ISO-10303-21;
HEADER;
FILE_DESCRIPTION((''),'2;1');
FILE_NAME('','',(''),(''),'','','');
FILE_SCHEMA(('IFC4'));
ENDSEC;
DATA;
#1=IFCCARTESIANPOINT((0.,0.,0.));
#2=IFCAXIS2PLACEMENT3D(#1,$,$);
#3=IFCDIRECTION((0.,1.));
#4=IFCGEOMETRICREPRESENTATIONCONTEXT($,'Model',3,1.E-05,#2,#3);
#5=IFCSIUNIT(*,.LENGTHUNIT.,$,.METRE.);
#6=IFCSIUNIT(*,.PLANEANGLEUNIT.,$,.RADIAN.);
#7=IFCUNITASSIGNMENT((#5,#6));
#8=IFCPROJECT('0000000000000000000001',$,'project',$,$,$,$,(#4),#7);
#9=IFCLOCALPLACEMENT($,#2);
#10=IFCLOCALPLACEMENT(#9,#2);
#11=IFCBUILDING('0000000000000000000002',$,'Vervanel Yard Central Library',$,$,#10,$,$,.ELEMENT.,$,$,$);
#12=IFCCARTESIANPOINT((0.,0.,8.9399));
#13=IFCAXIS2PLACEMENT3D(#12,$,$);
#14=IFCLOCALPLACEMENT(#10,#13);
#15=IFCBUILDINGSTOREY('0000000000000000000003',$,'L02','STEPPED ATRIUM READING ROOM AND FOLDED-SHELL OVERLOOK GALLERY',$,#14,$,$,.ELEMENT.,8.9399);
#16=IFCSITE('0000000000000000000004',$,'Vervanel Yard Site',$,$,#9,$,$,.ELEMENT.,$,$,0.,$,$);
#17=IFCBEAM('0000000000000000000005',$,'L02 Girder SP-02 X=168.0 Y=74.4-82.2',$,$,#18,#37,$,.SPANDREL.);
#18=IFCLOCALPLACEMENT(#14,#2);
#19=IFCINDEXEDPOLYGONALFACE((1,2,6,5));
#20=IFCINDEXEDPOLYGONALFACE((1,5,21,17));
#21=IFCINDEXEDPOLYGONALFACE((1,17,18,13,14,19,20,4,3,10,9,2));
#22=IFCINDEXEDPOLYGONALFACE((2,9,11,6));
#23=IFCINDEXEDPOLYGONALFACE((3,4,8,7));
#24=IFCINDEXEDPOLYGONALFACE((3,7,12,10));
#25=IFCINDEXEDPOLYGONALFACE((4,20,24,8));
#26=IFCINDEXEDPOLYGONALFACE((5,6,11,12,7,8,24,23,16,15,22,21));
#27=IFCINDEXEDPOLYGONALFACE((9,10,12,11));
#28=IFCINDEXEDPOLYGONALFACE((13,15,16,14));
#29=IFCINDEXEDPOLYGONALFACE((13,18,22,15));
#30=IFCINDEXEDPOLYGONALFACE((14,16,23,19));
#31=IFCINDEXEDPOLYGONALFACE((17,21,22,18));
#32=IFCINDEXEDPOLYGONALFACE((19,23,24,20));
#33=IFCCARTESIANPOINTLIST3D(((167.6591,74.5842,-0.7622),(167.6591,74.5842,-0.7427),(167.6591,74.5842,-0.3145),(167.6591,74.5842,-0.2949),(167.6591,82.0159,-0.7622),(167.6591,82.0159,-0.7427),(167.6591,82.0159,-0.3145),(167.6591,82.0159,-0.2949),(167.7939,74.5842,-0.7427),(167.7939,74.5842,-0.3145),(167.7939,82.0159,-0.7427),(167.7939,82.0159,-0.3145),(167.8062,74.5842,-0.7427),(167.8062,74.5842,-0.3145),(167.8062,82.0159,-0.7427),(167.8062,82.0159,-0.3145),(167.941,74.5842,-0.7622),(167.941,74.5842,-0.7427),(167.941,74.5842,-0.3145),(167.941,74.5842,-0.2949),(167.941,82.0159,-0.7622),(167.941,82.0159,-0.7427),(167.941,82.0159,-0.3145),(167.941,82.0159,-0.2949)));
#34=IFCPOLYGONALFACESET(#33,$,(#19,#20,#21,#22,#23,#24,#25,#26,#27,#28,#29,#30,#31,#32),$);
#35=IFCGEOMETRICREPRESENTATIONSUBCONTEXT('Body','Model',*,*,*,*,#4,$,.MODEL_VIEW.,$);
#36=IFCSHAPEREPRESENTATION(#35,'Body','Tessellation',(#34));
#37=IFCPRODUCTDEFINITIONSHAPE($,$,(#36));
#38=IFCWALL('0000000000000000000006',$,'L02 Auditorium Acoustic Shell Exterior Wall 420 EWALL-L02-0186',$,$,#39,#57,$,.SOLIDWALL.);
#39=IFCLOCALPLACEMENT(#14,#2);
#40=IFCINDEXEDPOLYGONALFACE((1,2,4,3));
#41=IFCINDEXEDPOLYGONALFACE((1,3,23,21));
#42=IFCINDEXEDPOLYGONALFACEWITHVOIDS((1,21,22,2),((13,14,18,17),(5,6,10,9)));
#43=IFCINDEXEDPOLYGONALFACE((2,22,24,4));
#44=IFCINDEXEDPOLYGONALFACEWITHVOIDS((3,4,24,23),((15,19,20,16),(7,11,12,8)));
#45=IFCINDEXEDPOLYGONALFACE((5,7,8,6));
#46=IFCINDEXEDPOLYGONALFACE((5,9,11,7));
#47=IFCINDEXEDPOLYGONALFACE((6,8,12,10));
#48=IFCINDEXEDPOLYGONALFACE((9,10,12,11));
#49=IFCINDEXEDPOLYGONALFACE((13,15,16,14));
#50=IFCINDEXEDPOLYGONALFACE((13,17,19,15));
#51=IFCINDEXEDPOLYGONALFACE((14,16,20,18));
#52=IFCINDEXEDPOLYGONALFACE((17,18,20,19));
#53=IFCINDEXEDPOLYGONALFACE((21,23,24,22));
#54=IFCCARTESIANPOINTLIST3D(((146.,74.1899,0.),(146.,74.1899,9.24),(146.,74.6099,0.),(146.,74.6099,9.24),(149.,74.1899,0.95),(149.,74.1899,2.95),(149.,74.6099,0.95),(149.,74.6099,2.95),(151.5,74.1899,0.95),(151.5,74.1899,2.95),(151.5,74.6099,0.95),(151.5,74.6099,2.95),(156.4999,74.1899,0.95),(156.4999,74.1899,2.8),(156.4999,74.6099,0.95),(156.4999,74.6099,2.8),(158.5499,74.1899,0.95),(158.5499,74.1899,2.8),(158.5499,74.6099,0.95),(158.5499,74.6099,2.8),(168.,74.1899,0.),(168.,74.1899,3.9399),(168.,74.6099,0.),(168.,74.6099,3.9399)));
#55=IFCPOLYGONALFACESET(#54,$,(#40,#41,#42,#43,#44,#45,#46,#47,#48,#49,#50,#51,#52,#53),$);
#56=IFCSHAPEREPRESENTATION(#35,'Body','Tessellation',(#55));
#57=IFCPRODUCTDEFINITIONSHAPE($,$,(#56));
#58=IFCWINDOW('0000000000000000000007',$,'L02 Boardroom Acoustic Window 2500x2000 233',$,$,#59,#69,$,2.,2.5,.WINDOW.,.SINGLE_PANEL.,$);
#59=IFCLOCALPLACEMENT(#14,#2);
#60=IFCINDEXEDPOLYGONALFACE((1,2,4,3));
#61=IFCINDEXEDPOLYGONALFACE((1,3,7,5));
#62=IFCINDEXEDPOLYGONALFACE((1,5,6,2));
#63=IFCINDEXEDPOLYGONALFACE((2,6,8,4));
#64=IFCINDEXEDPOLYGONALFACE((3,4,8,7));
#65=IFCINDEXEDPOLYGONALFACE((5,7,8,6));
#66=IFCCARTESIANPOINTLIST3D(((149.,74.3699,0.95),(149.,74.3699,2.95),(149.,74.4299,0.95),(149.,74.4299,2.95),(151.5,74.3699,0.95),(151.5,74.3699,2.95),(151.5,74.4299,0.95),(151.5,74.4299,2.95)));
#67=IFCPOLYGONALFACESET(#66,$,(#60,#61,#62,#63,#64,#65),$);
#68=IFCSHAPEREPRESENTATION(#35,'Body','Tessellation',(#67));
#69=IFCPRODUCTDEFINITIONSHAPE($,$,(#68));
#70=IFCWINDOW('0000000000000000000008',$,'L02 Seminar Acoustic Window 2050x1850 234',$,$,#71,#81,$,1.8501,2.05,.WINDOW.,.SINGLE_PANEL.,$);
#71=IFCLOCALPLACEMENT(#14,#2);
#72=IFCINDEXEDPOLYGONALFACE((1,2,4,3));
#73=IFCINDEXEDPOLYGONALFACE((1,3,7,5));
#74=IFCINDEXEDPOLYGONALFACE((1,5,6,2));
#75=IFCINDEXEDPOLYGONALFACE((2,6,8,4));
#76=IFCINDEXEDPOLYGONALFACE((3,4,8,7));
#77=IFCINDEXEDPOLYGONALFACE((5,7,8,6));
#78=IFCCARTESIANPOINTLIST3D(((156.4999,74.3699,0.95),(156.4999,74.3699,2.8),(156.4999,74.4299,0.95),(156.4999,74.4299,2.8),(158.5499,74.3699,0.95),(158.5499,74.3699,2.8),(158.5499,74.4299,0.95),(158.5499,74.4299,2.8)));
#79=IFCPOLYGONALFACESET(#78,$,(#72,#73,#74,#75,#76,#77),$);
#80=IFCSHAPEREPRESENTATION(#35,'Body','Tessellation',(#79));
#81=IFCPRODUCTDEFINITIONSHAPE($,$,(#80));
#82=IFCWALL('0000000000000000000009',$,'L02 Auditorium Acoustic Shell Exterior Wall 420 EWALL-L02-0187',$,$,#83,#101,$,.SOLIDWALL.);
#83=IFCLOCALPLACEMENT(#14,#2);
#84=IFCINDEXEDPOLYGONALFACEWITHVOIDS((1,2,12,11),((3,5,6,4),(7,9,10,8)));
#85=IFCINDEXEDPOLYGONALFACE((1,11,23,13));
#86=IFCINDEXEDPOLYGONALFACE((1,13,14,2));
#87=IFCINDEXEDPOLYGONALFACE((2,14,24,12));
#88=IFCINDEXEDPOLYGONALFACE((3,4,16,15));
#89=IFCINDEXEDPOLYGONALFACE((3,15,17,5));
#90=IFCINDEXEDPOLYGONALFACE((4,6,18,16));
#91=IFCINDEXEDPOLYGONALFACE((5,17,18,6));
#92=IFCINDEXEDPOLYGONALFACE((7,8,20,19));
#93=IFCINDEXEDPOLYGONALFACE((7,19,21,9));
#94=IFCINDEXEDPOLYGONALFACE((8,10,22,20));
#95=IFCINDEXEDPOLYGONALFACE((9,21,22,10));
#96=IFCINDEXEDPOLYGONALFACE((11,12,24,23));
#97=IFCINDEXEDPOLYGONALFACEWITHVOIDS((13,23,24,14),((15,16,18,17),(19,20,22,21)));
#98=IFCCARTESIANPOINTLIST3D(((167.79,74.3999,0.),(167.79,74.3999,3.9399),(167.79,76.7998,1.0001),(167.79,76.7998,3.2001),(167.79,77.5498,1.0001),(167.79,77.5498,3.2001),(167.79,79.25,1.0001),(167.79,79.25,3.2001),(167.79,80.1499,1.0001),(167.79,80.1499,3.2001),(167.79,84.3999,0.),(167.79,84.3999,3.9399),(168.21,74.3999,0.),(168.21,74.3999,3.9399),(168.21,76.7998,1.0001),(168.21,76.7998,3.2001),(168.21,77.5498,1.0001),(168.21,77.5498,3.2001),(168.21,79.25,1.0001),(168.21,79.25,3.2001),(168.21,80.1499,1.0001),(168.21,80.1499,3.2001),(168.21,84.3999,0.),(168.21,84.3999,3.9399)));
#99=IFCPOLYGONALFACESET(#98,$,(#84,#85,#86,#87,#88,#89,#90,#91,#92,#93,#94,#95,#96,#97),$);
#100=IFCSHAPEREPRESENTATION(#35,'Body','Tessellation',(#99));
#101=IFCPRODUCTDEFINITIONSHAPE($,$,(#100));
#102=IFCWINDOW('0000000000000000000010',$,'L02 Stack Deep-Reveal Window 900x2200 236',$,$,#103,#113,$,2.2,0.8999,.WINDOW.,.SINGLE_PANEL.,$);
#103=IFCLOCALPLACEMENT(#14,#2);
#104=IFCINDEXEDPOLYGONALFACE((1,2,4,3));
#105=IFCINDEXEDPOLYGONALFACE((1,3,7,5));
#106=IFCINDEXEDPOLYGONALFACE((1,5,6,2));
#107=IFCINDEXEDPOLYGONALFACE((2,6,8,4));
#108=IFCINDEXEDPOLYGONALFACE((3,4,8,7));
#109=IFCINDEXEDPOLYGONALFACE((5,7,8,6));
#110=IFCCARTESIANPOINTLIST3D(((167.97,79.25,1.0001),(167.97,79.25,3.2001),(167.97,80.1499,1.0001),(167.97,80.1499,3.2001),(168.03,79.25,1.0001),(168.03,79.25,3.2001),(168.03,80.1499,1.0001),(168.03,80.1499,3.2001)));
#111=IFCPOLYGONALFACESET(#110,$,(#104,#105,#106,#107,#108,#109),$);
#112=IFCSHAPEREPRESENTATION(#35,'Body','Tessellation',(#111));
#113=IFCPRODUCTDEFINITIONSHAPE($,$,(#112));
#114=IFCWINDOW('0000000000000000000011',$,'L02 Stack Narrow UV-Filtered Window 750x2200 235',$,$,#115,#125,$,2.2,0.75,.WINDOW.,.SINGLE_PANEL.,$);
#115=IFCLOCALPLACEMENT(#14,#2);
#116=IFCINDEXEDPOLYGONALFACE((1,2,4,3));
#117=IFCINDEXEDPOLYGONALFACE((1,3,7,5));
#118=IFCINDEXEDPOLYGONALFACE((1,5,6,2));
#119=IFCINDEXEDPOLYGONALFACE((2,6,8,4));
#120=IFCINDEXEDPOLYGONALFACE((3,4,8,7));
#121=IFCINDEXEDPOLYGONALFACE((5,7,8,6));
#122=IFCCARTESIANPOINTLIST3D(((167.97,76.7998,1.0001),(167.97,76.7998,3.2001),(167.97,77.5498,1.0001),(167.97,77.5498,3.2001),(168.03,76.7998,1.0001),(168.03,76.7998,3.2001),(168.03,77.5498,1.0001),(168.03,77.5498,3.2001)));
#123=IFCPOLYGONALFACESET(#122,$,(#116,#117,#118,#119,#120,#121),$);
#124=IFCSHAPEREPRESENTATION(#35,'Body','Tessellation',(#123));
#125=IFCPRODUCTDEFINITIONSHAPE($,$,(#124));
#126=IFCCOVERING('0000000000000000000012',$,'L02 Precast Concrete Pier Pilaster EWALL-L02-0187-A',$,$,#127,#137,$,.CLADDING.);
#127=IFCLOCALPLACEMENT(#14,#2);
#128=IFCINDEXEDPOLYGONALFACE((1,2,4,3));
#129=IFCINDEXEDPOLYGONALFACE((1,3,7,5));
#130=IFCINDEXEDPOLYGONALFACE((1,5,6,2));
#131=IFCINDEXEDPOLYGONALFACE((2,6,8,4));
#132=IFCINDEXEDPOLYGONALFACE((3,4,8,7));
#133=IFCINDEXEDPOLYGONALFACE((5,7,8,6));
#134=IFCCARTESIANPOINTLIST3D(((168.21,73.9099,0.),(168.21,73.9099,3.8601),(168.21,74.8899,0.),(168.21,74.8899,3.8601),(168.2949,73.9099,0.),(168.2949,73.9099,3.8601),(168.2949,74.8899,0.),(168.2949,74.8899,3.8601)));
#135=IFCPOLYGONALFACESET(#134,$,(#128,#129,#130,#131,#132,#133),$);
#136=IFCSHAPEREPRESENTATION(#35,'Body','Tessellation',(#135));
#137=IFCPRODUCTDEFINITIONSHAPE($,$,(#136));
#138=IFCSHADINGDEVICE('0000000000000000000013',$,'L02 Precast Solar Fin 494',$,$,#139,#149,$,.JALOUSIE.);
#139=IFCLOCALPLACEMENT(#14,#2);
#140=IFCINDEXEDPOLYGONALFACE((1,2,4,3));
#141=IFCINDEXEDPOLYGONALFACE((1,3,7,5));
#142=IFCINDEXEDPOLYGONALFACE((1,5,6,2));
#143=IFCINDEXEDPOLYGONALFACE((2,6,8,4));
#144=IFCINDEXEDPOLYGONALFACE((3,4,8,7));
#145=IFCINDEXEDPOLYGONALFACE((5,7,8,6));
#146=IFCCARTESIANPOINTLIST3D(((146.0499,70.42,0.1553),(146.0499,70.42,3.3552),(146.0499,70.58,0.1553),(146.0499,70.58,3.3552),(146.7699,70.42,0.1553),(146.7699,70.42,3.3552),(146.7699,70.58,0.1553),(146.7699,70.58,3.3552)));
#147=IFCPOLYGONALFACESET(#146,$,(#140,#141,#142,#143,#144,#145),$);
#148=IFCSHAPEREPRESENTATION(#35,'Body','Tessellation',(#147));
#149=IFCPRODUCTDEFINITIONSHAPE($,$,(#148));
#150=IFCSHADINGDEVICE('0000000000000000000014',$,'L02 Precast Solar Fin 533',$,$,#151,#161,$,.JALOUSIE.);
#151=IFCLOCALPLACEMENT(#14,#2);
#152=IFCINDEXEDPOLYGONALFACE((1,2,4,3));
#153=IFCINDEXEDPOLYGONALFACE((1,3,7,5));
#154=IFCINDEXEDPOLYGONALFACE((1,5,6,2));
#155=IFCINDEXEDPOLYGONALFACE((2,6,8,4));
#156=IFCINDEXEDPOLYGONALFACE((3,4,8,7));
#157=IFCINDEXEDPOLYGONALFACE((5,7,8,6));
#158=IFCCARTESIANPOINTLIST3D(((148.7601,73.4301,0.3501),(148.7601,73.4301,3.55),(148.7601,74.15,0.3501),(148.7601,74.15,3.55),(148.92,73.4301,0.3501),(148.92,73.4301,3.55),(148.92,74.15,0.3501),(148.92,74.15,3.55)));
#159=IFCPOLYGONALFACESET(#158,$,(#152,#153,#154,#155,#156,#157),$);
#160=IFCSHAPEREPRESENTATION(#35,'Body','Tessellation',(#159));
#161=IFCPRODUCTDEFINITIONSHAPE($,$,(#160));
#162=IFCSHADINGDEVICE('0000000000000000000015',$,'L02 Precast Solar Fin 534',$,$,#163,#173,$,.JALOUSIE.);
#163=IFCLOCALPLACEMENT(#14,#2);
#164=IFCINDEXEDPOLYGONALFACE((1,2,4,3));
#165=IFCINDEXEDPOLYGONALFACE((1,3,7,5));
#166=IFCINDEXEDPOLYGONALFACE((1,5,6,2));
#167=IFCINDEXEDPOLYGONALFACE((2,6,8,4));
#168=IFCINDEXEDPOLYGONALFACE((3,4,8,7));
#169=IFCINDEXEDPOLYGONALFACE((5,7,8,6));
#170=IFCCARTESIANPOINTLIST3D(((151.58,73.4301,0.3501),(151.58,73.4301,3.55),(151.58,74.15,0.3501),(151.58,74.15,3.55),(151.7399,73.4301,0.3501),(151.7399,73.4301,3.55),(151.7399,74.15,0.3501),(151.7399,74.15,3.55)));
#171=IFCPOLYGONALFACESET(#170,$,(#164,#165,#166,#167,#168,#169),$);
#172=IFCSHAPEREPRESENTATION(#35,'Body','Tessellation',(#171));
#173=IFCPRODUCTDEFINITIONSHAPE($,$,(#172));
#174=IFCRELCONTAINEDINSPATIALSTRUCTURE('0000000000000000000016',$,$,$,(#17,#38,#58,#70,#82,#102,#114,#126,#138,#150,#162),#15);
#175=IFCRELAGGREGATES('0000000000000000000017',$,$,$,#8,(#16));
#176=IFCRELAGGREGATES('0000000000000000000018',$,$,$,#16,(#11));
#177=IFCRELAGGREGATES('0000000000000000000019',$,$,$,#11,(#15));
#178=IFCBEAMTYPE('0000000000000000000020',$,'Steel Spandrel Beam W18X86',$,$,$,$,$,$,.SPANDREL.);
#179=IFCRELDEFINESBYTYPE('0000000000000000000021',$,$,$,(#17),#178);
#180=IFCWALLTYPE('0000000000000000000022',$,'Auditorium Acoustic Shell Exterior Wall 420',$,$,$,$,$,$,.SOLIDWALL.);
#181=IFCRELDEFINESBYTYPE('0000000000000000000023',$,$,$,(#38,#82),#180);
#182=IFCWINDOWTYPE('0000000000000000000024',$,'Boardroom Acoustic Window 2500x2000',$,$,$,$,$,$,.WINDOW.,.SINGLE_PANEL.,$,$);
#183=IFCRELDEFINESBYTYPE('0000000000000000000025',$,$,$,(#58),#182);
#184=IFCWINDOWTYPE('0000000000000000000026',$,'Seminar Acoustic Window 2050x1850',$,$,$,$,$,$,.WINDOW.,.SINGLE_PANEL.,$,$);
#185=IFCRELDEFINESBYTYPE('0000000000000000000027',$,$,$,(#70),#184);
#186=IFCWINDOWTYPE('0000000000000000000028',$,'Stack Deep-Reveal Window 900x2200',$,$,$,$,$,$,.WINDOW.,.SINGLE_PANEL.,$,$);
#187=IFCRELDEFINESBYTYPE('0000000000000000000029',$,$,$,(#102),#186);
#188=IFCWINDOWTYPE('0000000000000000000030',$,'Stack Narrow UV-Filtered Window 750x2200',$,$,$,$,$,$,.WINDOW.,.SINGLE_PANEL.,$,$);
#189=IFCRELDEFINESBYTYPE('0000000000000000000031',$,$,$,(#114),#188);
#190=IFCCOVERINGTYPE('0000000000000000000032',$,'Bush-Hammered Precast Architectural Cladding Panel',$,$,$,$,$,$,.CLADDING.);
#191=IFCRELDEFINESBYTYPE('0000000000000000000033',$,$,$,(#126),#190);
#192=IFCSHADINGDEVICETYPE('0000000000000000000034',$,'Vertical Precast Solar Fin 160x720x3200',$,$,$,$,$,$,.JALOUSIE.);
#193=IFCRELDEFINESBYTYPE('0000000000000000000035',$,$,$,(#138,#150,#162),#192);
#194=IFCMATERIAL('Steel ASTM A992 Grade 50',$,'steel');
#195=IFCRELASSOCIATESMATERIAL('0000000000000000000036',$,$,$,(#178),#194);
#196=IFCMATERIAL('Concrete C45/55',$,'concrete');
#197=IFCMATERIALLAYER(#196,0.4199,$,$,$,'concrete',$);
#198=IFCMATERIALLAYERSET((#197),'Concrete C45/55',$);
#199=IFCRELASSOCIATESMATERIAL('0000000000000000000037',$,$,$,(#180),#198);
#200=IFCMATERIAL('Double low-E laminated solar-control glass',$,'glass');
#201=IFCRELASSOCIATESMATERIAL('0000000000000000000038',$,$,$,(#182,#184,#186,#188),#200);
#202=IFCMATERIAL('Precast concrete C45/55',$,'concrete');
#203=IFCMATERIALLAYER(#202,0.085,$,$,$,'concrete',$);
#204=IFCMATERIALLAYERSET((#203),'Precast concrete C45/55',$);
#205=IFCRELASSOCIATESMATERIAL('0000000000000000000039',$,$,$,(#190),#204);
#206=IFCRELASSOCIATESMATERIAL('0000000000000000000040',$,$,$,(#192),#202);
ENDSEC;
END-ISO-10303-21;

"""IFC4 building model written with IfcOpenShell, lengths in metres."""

from ifc_helpers import new_model, si_unit, direction, frame, frame_2d, origin, origin_2d, place, context, subcontext, project, spatial, polyline, rectangle, i_section, outline, extrude, material, layer, layer_set, material_profile, profile_set, type_object, element, fill, save


model = new_model("IFC4")

# Units and contexts
model_context = context("Model", 3, precision=1e-05, world=origin(), true_north=direction((0.0, 1.0)))
body_context = subcontext(model_context, "Body", "Model", "MODEL_VIEW")
ifc_project = project(units=[si_unit("LENGTHUNIT", "METRE"), si_unit("PLANEANGLEUNIT", "RADIAN")], contexts=[model_context])

# Site, building, storey
site_placement = place(None, origin())
site = spatial("IfcSite", under=ifc_project, at=site_placement, Name="Vervanel Yard Site", CompositionType="ELEMENT", RefElevation=0.0)
building_placement = place(site_placement, origin())
building = spatial("IfcBuilding", under=site, at=building_placement, Name="Vervanel Yard Central Library", CompositionType="ELEMENT")
storey_placement = place(building_placement, frame((0.0, 0.0, 8.9399)))
storey = spatial("IfcBuildingStorey", under=building, at=storey_placement, Name="L02", Description="STEPPED ATRIUM READING ROOM AND FOLDED-SHELL OVERLOOK GALLERY", CompositionType="ELEMENT", Elevation=8.9399)

# Shared definitions
ifc_material_1 = material(Name="Steel ASTM A992 Grade 50", Category="steel")

# Beam
ifc_material_profile_1 = material_profile(ifc_material_1, i_section(OverallWidth=0.282, OverallDepth=0.4673, WebThickness=0.0122, FlangeThickness=0.0195, at=origin_2d()), Name="W18X86", Category="steel")
ifc_profile_set_1 = profile_set([ifc_material_profile_1], Name="Steel ASTM A992 Grade 50")
beam_type = type_object("IfcBeamType", Name="Steel Spandrel Beam W18X86", PredefinedType="SPANDREL", material=ifc_profile_set_1)
beam_1_placement = place(storey_placement, frame((167.8, 74.5842, -0.5286), z_axis=(0.0, 1.0, 0.0), x_axis=(-1.0, 0.0, 0.0)))
element("IfcBeam", 1, at=beam_1_placement, inside=storey, type_object=beam_type, Name="L02 Girder SP-02 X=168.0 Y=74.4-82.2", PredefinedType="SPANDREL", context=body_context, shape_type="SweptSolid", body=[
    extrude(i_section(OverallWidth=0.282, OverallDepth=0.4673, WebThickness=0.0122, FlangeThickness=0.0195, at=origin_2d()), origin(), (0.0, 0.0, 1.0), 7.4316),
])

# Walls, openings, windows
ifc_material_2 = material(Name="Concrete C45/55", Category="concrete")
ifc_layer_1 = layer(ifc_material_2, 0.4199, Category="concrete")
ifc_layer_set_1 = layer_set([ifc_layer_1], Name="Concrete C45/55")
wall_type_1 = type_object("IfcWallType", Name="Auditorium Acoustic Shell Exterior Wall 420", PredefinedType="SOLIDWALL", material=ifc_layer_set_1)
wall_1_placement = place(storey_placement, frame((146.0, 74.3999, 0.0), z_axis=(0.0, 0.0, 1.0), x_axis=(1.0, 0.0, 0.0)))
wall_1 = element("IfcWall", 2, at=wall_1_placement, inside=storey, type_object=wall_type_1, Name="L02 Auditorium Acoustic Shell Exterior Wall 420 EWALL-L02-0186", PredefinedType="SOLIDWALL", context=body_context, shape_type="SweptSolid", body=[
    extrude(outline(polyline([(0.0, 0.0), (22.0, 0.0), (22.0, 3.9399), (0.0, 9.24), (0.0, 0.0)])), frame((0.0, 0.21, 0.0), z_axis=(0.0, -1.0, 0.0), x_axis=(1.0, 0.0, 0.0)), (0.0, 0.0, 1.0), 0.4199),
])
opening_1_placement = place(wall_1_placement, frame((3.0, 0.0, 0.95)))
opening_1 = element("IfcOpeningElement", 3, at=opening_1_placement, cuts=wall_1, PredefinedType="OPENING", context=body_context, shape_type="SweptSolid", body=[
    extrude(rectangle(XDim=2.5, YDim=2.0, at=frame_2d((1.25, 1.0))), frame((0.0, 0.22, 0.0), z_axis=(0.0, -1.0, 0.0), x_axis=(1.0, 0.0, 0.0)), (0.0, 0.0, 1.0), 0.4399),
])
opening_2_placement = place(wall_1_placement, frame((10.5, 0.0, 0.95)))
opening_2 = element("IfcOpeningElement", 4, at=opening_2_placement, cuts=wall_1, PredefinedType="OPENING", context=body_context, shape_type="SweptSolid", body=[
    extrude(rectangle(XDim=2.05, YDim=1.8501, at=frame_2d((1.0249, 0.925))), frame((0.0, 0.22, 0.0), z_axis=(0.0, -1.0, 0.0), x_axis=(1.0, 0.0, 0.0)), (0.0, 0.0, 1.0), 0.4399),
])
ifc_material_3 = material(Name="Double low-E laminated solar-control glass", Category="glass")
window_type_1 = type_object("IfcWindowType", Name="Boardroom Acoustic Window 2500x2000", PartitioningType="SINGLE_PANEL", PredefinedType="WINDOW", material=ifc_material_3)
window_1_placement = place(opening_1_placement, origin())
window_1 = element("IfcWindow", 5, at=window_1_placement, inside=storey, type_object=window_type_1, Name="L02 Boardroom Acoustic Window 2500x2000 233", OverallHeight=2.0, OverallWidth=2.5, PartitioningType="SINGLE_PANEL", PredefinedType="WINDOW", context=body_context, shape_type="SweptSolid", body=[
    extrude(rectangle(XDim=2.5, YDim=2.0, at=frame_2d((1.25, 1.0))), frame((0.0, 0.03, 0.0), z_axis=(0.0, -1.0, 0.0), x_axis=(1.0, 0.0, 0.0)), (0.0, 0.0, 1.0), 0.0601),
])
fill(opening_1, window_1)
window_type_2 = type_object("IfcWindowType", Name="Seminar Acoustic Window 2050x1850", PartitioningType="SINGLE_PANEL", PredefinedType="WINDOW", material=ifc_material_3)
window_2_placement = place(opening_2_placement, origin())
window_2 = element("IfcWindow", 6, at=window_2_placement, inside=storey, type_object=window_type_2, Name="L02 Seminar Acoustic Window 2050x1850 234", OverallHeight=1.8501, OverallWidth=2.05, PartitioningType="SINGLE_PANEL", PredefinedType="WINDOW", context=body_context, shape_type="SweptSolid", body=[
    extrude(rectangle(XDim=2.05, YDim=1.8501, at=frame_2d((1.0249, 0.925))), frame((0.0, 0.03, 0.0), z_axis=(0.0, -1.0, 0.0), x_axis=(1.0, 0.0, 0.0)), (0.0, 0.0, 1.0), 0.0601),
])
fill(opening_2, window_2)
wall_2_placement = place(storey_placement, frame((168.0, 74.3999, 0.0), z_axis=(0.0, 0.0, 1.0), x_axis=(0.0, 1.0, 0.0)))
wall_2 = element("IfcWall", 7, at=wall_2_placement, inside=storey, type_object=wall_type_1, Name="L02 Auditorium Acoustic Shell Exterior Wall 420 EWALL-L02-0187", PredefinedType="SOLIDWALL", context=body_context, shape_type="SweptSolid", body=[
    extrude(rectangle(XDim=10.0, YDim=0.4199, at=frame_2d((5.0, 0.0))), origin(), (0.0, 0.0, 1.0), 3.9399),
])
opening_3_placement = place(wall_2_placement, frame((2.3999, 0.0, 1.0)))
opening_3 = element("IfcOpeningElement", 8, at=opening_3_placement, cuts=wall_2, PredefinedType="OPENING", context=body_context, shape_type="SweptSolid", body=[
    extrude(rectangle(XDim=0.75, YDim=2.2, at=frame_2d((0.375, 1.1001))), frame((0.0, 0.22, 0.0), z_axis=(0.0, -1.0, 0.0), x_axis=(1.0, 0.0, 0.0)), (0.0, 0.0, 1.0), 0.4399),
])
opening_4_placement = place(wall_2_placement, frame((4.8501, 0.0, 1.0)))
opening_4 = element("IfcOpeningElement", 9, at=opening_4_placement, cuts=wall_2, PredefinedType="OPENING", context=body_context, shape_type="SweptSolid", body=[
    extrude(rectangle(XDim=0.8999, YDim=2.2, at=frame_2d((0.45, 1.1001))), frame((0.0, 0.22, 0.0), z_axis=(0.0, -1.0, 0.0), x_axis=(1.0, 0.0, 0.0)), (0.0, 0.0, 1.0), 0.4399),
])
window_type_3 = type_object("IfcWindowType", Name="Stack Deep-Reveal Window 900x2200", PartitioningType="SINGLE_PANEL", PredefinedType="WINDOW", material=ifc_material_3)
window_3_placement = place(opening_4_placement, origin())
window_3 = element("IfcWindow", 10, at=window_3_placement, inside=storey, type_object=window_type_3, Name="L02 Stack Deep-Reveal Window 900x2200 236", OverallHeight=2.2, OverallWidth=0.8999, PartitioningType="SINGLE_PANEL", PredefinedType="WINDOW", context=body_context, shape_type="SweptSolid", body=[
    extrude(rectangle(XDim=0.8999, YDim=2.2, at=frame_2d((0.45, 1.1001))), frame((0.0, 0.03, 0.0), z_axis=(0.0, -1.0, 0.0), x_axis=(1.0, 0.0, 0.0)), (0.0, 0.0, 1.0), 0.0601),
])
fill(opening_4, window_3)
window_type_4 = type_object("IfcWindowType", Name="Stack Narrow UV-Filtered Window 750x2200", PartitioningType="SINGLE_PANEL", PredefinedType="WINDOW", material=ifc_material_3)
window_4_placement = place(opening_3_placement, origin())
window_4 = element("IfcWindow", 11, at=window_4_placement, inside=storey, type_object=window_type_4, Name="L02 Stack Narrow UV-Filtered Window 750x2200 235", OverallHeight=2.2, OverallWidth=0.75, PartitioningType="SINGLE_PANEL", PredefinedType="WINDOW", context=body_context, shape_type="SweptSolid", body=[
    extrude(rectangle(XDim=0.75, YDim=2.2, at=frame_2d((0.375, 1.1001))), frame((0.0, 0.03, 0.0), z_axis=(0.0, -1.0, 0.0), x_axis=(1.0, 0.0, 0.0)), (0.0, 0.0, 1.0), 0.0601),
])
fill(opening_3, window_4)

# Covering
ifc_material_4 = material(Name="Precast concrete C45/55", Category="concrete")
ifc_layer_2 = layer(ifc_material_4, 0.085, Category="concrete")
ifc_layer_set_2 = layer_set([ifc_layer_2], Name="Precast concrete C45/55")
covering_type = type_object("IfcCoveringType", Name="Bush-Hammered Precast Architectural Cladding Panel", PredefinedType="CLADDING", material=ifc_layer_set_2)
covering_placement = place(storey_placement, frame((168.2524, 74.3999, 0.0), z_axis=(0.0, 0.0, 1.0), x_axis=(0.0, 1.0, 0.0)))
element("IfcCovering", 12, at=covering_placement, inside=storey, type_object=covering_type, Name="L02 Precast Concrete Pier Pilaster EWALL-L02-0187-A", PredefinedType="CLADDING", context=body_context, shape_type="SweptSolid", body=[
    extrude(rectangle(XDim=0.98, YDim=0.085, at=origin_2d()), origin(), (0.0, 0.0, 1.0), 3.8601),
])

# Shading devices
shading_device_type = type_object("IfcShadingDeviceType", Name="Vertical Precast Solar Fin 160x720x3200", PredefinedType="JALOUSIE", material=ifc_material_4)
for number, where, z_axis, x_axis, name in (
    (13, (146.4099, 70.5, 0.1553), (0.0, 0.0, 1.0), (0.0, 1.0, 0.0), "L02 Precast Solar Fin 494"),
    (14, (148.8401, 73.79, 0.3501), (0.0, 0.0, 1.0), (1.0, 0.0, 0.0), "L02 Precast Solar Fin 533"),
    (15, (151.6599, 73.79, 0.3501), (0.0, 0.0, 1.0), (1.0, 0.0, 0.0), "L02 Precast Solar Fin 534"),
):
    element("IfcShadingDevice", number, at=place(storey_placement, frame(where, z_axis=z_axis, x_axis=x_axis)), inside=storey, type_object=shading_device_type, Name=name, PredefinedType="JALOUSIE", context=body_context, shape_type="SweptSolid", body=[
        extrude(rectangle(XDim=0.1599, YDim=0.72, at=origin_2d()), origin(), (0.0, 0.0, 1.0), 3.2),
    ])

save(model, "model.ifc")
